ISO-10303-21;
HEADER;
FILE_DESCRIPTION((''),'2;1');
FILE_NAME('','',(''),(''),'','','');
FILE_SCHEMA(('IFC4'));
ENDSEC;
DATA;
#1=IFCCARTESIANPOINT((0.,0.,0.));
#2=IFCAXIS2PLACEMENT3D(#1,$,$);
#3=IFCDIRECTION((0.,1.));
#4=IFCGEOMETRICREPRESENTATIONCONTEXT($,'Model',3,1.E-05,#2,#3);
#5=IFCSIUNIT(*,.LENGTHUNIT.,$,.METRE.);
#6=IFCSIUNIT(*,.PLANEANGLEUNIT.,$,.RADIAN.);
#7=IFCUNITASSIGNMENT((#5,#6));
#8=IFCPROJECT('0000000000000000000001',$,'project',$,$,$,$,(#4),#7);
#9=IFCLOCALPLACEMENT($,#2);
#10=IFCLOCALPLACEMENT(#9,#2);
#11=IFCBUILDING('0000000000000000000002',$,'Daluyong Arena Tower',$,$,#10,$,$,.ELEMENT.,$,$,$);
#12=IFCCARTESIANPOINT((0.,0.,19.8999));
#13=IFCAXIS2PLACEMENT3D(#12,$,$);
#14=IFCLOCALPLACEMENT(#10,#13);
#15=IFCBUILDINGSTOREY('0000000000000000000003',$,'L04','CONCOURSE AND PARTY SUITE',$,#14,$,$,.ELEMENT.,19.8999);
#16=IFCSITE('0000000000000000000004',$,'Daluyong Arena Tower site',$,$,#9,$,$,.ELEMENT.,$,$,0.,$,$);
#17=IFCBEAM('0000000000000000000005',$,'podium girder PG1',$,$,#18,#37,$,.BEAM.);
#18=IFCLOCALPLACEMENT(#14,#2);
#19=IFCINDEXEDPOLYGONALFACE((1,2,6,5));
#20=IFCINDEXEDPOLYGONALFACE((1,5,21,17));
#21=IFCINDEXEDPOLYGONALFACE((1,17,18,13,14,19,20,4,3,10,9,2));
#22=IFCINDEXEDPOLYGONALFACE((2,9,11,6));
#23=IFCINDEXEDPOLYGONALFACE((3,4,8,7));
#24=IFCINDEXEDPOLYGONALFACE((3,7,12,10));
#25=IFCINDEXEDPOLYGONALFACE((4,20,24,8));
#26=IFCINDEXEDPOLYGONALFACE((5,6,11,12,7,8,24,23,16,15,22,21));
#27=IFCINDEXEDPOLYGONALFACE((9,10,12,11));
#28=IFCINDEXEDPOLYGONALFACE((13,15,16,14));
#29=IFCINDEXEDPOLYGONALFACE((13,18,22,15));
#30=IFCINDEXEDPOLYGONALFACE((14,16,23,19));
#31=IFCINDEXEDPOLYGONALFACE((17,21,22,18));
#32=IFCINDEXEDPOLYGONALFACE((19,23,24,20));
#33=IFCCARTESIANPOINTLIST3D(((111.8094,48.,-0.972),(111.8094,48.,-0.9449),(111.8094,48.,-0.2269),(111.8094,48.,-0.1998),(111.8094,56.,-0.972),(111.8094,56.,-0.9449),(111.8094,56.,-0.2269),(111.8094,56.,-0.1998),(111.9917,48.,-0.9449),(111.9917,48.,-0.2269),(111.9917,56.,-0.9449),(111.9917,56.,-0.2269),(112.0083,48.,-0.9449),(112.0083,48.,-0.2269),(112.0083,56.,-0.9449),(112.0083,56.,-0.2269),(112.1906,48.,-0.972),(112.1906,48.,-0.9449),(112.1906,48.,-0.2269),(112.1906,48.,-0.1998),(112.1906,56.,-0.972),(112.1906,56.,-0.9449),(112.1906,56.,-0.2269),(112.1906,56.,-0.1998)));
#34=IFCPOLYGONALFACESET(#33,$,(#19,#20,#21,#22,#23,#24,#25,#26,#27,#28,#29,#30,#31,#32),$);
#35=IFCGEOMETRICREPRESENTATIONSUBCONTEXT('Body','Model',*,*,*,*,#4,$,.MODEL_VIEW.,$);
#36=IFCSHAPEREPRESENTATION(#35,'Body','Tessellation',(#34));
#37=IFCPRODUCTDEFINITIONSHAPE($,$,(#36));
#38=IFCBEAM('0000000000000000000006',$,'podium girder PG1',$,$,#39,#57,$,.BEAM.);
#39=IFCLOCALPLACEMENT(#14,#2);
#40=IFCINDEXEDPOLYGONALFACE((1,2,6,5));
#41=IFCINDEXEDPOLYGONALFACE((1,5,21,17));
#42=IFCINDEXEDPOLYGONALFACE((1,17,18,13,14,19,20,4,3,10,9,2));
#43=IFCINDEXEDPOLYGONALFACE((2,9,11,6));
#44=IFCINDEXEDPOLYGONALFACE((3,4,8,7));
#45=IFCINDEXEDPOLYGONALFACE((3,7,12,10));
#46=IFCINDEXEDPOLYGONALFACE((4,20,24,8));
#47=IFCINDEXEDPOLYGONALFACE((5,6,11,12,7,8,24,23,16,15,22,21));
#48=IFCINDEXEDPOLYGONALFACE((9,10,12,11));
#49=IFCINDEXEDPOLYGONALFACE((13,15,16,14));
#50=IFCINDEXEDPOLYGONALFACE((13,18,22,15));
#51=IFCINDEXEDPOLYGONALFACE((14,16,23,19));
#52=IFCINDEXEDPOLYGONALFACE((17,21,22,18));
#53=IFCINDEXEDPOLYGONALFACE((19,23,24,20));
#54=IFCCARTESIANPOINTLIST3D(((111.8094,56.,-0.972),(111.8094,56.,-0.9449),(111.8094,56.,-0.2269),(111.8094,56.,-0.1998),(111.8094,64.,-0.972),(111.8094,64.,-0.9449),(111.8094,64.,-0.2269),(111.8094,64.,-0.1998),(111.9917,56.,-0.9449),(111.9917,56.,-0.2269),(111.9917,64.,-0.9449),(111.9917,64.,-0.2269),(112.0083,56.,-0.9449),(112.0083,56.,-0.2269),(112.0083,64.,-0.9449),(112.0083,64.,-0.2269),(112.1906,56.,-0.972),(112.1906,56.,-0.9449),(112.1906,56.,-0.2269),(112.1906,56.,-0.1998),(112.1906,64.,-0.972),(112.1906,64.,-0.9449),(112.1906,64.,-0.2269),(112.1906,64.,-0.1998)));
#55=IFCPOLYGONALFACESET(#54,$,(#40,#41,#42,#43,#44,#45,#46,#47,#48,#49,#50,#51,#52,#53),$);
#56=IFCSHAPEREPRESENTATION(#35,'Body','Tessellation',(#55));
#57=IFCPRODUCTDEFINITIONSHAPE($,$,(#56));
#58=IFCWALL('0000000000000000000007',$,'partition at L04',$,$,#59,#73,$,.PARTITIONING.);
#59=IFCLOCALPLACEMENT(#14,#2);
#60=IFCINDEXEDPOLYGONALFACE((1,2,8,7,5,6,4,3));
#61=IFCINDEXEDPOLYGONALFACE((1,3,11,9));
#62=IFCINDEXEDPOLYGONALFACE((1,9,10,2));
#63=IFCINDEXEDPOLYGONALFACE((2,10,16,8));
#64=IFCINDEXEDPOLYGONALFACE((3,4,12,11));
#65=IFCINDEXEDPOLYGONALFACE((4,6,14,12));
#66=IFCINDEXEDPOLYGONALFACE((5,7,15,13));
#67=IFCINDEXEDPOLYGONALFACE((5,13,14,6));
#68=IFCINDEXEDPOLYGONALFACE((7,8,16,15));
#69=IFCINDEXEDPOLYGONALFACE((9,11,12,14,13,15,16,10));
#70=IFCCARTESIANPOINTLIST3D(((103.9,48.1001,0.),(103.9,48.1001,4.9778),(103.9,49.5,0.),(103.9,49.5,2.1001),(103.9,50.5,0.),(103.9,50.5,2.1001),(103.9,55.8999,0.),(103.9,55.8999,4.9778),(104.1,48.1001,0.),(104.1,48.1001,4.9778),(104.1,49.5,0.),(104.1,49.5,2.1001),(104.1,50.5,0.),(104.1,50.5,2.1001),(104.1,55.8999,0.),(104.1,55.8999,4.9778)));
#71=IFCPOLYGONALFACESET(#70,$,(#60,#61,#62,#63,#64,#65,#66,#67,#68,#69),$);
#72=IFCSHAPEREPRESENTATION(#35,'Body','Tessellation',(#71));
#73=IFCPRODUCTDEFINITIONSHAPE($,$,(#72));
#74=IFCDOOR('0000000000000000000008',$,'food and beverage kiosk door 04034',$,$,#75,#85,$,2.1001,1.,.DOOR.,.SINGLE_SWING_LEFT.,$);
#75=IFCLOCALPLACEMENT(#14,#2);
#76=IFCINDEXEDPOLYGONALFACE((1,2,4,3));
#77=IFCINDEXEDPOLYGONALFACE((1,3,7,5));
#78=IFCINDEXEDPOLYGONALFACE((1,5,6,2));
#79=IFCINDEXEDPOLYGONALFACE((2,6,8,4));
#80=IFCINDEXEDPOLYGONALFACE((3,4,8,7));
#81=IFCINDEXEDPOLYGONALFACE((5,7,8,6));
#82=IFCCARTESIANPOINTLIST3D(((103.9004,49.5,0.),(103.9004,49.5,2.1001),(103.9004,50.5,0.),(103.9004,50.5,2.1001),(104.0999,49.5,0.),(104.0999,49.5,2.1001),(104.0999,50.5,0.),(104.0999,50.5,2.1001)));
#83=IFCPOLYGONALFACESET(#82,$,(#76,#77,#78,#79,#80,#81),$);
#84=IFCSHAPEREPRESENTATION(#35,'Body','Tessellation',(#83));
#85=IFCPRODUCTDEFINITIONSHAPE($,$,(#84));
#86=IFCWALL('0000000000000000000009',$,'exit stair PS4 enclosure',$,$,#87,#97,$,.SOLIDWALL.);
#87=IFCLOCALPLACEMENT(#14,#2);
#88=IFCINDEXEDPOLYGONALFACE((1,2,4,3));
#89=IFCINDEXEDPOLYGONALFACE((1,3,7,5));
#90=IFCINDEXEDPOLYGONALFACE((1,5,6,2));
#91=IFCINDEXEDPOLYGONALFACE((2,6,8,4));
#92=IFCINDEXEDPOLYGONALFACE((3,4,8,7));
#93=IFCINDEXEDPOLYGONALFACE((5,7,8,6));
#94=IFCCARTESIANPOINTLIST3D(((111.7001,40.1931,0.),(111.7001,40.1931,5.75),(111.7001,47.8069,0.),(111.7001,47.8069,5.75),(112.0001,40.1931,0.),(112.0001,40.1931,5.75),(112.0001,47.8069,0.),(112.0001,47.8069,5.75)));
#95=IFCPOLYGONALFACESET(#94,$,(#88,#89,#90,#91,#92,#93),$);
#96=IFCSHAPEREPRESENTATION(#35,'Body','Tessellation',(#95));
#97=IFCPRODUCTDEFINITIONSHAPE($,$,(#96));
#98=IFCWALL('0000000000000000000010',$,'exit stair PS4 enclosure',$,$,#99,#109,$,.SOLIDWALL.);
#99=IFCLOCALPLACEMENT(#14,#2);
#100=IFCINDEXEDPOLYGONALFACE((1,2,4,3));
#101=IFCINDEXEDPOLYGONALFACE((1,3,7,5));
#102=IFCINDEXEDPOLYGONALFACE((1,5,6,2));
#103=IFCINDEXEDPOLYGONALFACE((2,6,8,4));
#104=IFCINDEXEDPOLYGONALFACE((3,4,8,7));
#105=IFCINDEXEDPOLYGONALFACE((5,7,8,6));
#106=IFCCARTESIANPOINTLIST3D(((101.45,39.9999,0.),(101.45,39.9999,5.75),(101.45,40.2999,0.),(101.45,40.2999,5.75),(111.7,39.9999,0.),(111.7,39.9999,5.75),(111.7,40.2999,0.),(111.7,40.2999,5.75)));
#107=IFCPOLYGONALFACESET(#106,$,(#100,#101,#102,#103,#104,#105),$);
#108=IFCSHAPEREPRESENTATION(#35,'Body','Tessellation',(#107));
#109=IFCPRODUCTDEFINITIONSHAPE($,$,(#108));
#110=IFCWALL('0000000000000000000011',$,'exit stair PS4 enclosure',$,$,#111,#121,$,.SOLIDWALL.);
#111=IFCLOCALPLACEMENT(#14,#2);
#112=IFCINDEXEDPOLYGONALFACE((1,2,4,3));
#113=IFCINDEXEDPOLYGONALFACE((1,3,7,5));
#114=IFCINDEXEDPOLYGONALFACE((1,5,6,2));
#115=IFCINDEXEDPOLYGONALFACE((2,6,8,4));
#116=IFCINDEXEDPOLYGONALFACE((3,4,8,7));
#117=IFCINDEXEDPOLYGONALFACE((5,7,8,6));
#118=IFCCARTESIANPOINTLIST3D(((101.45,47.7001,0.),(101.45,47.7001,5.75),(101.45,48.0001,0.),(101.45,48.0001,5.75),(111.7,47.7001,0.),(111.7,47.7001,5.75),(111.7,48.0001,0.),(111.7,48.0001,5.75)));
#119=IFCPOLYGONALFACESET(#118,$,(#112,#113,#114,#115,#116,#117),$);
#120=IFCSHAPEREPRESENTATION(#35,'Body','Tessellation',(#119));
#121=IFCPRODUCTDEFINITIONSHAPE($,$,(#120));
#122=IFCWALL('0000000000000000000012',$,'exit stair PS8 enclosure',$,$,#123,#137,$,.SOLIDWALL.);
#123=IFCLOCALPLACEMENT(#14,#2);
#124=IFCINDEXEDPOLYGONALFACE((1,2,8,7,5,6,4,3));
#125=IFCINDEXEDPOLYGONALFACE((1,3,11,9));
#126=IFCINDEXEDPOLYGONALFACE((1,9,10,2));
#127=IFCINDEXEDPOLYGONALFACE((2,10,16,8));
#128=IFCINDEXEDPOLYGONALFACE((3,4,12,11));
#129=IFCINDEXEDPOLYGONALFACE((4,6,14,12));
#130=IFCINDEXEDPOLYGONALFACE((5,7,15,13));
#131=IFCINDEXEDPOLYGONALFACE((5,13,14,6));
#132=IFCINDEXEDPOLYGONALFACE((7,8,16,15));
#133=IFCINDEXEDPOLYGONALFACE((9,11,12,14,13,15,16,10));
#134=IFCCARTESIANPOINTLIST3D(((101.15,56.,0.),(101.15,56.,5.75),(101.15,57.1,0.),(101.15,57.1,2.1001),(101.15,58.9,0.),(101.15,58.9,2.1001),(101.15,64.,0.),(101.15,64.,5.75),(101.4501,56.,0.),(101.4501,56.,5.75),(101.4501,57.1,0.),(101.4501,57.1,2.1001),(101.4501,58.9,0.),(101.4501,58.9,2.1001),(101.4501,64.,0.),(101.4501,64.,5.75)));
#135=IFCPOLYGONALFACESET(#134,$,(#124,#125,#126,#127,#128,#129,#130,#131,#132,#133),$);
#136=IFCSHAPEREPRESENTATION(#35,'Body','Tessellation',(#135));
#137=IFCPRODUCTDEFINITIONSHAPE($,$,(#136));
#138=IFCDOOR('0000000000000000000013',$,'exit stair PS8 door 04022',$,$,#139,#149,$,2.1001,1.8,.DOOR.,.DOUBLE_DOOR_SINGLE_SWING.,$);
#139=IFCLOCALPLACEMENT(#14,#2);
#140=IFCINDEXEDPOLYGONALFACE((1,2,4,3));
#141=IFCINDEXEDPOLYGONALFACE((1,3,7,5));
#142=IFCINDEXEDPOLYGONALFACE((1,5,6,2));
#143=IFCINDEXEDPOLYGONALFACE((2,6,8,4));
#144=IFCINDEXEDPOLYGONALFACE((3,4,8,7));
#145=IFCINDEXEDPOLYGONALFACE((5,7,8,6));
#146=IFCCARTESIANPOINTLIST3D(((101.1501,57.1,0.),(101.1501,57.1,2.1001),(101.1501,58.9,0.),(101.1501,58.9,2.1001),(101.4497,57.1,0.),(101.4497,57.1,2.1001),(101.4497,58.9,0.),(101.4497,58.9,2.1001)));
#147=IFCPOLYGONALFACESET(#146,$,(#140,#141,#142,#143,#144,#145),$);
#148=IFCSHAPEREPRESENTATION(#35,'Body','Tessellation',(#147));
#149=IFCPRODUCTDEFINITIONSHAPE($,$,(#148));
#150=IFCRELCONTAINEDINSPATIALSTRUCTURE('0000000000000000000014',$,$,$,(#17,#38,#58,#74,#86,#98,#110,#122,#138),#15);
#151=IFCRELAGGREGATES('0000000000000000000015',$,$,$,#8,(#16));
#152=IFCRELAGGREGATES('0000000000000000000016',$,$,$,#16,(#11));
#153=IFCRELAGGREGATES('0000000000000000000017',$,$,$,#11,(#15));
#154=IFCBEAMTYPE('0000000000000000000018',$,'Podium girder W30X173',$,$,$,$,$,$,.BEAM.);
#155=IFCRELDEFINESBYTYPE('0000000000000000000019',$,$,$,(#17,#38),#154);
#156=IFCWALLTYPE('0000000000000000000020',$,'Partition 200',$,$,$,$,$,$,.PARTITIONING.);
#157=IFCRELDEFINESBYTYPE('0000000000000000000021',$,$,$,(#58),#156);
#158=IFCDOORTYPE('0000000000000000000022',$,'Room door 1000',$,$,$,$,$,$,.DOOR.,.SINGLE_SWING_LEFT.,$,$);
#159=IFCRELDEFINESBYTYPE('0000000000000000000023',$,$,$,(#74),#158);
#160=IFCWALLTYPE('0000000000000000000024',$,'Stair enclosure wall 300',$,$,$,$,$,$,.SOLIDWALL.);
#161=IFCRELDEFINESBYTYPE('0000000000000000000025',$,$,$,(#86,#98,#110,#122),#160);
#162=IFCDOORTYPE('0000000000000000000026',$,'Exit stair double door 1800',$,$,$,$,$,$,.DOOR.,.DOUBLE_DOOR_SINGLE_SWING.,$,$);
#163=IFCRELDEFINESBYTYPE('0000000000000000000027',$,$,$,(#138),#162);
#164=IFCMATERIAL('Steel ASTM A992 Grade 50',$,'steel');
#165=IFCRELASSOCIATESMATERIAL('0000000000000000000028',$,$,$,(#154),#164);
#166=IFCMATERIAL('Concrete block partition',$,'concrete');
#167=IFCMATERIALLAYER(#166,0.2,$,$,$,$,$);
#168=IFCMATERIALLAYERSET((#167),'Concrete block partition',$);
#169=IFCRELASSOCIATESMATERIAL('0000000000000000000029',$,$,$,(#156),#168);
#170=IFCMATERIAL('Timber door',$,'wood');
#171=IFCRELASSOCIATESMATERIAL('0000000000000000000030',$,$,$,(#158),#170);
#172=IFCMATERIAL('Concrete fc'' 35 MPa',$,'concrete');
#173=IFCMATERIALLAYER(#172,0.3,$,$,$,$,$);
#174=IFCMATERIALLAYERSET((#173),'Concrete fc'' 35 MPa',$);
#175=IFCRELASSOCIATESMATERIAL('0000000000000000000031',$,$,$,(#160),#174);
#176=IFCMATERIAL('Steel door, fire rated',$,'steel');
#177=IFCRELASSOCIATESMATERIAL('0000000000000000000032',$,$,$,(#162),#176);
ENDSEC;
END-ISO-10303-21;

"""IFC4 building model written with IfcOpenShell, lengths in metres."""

from ifc_helpers import new_model, si_unit, direction, frame, frame_2d, origin, origin_2d, place, context, subcontext, project, spatial, rectangle, i_section, extrude, material, layer, layer_set, material_profile, profile_set, type_object, element, fill, save


model = new_model("IFC4")

# Units and contexts
model_context = context("Model", 3, precision=1e-05, world=origin(), true_north=direction((0.0, 1.0)))
body_context = subcontext(model_context, "Body", "Model", "MODEL_VIEW")
ifc_project = project(units=[si_unit("LENGTHUNIT", "METRE"), si_unit("PLANEANGLEUNIT", "RADIAN")], contexts=[model_context])

# Site, building, storey
site_placement = place(None, origin())
site = spatial("IfcSite", under=ifc_project, at=site_placement, Name="Daluyong Arena Tower site", CompositionType="ELEMENT", RefElevation=0.0)
building_placement = place(site_placement, origin())
building = spatial("IfcBuilding", under=site, at=building_placement, Name="Daluyong Arena Tower", CompositionType="ELEMENT")
storey_placement = place(building_placement, frame((0.0, 0.0, 19.8999)))
storey = spatial("IfcBuildingStorey", under=building, at=storey_placement, Name="L04", Description="CONCOURSE AND PARTY SUITE", CompositionType="ELEMENT", Elevation=19.8999)

# Beams
ifc_material_1 = material(Name="Steel ASTM A992 Grade 50", Category="steel")
ifc_material_profile_1 = material_profile(ifc_material_1, i_section(OverallWidth=0.3811, OverallDepth=0.7722, WebThickness=0.0166, FlangeThickness=0.0271, at=origin_2d()))
ifc_profile_set_1 = profile_set([ifc_material_profile_1], Name="Steel ASTM A992 Grade 50")
beam_type_1 = type_object("IfcBeamType", Name="Podium girder W30X173", PredefinedType="BEAM", material=ifc_profile_set_1)
for number, where, z_axis, x_axis, name in (
    (1, (112.0, 48.0, -0.5859), (0.0, 1.0, 0.0), (-1.0, 0.0, 0.0), "podium girder PG1"),
    (2, (112.0, 56.0, -0.5859), (0.0, 1.0, 0.0), (-1.0, 0.0, 0.0), "podium girder PG1"),
):
    element("IfcBeam", number, at=place(storey_placement, frame(where, z_axis=z_axis, x_axis=x_axis)), inside=storey, type_object=beam_type_1, Name=name, PredefinedType="BEAM", context=body_context, shape_type="SweptSolid", body=[
        extrude(i_section(OverallWidth=0.3811, OverallDepth=0.7722, WebThickness=0.0166, FlangeThickness=0.0271, at=origin_2d()), origin(), (0.0, 0.0, 1.0), 8.0),
    ])

# Wall, opening, door
ifc_material_2 = material(Name="Concrete block partition", Category="concrete")
ifc_layer_1 = layer(ifc_material_2, 0.2)
ifc_layer_set_1 = layer_set([ifc_layer_1], Name="Concrete block partition")
wall_type_1 = type_object("IfcWallType", Name="Partition 200", PredefinedType="PARTITIONING", material=ifc_layer_set_1)
wall_1_placement = place(storey_placement, frame((104.0, 48.1001, 0.0), z_axis=(0.0, 0.0, 1.0), x_axis=(0.0, 1.0, 0.0)))
wall_1 = element("IfcWall", 3, at=wall_1_placement, inside=storey, type_object=wall_type_1, Name="partition at L04", PredefinedType="PARTITIONING", context=body_context, shape_type="SweptSolid", body=[
    extrude(rectangle(XDim=7.7998, YDim=0.2, at=frame_2d((3.8999, 0.0))), origin(), (0.0, 0.0, 1.0), 4.9778),
])
opening_1_placement = place(wall_1_placement, frame((1.3999, 0.0, 0.0)))
opening_1 = element("IfcOpeningElement", 4, at=opening_1_placement, cuts=wall_1, PredefinedType="OPENING", context=body_context, shape_type="SweptSolid", body=[
    extrude(rectangle(XDim=1.0, YDim=2.1001, at=frame_2d((0.5, 1.05))), frame((0.0, 0.1099, 0.0), z_axis=(0.0, -1.0, 0.0), x_axis=(1.0, 0.0, 0.0)), (0.0, 0.0, 1.0), 0.22),
])
ifc_material_3 = material(Name="Timber door", Category="wood")
door_type_1 = type_object("IfcDoorType", Name="Room door 1000", OperationType="SINGLE_SWING_LEFT", PredefinedType="DOOR", material=ifc_material_3)
door_1_placement = place(opening_1_placement, origin())
door_1 = element("IfcDoor", 5, at=door_1_placement, inside=storey, type_object=door_type_1, Name="food and beverage kiosk door 04034", OperationType="SINGLE_SWING_LEFT", OverallHeight=2.1001, OverallWidth=1.0, PredefinedType="DOOR", context=body_context, shape_type="SweptSolid", body=[
    extrude(rectangle(XDim=1.0, YDim=2.1001, at=frame_2d((0.5, 1.05))), frame((0.0, 0.0996, 0.0), z_axis=(0.0, -1.0, 0.0), x_axis=(1.0, 0.0, 0.0)), (0.0, 0.0, 1.0), 0.1995),
])
fill(opening_1, door_1)

# Walls
ifc_material_4 = material(Name="Concrete fc' 35 MPa", Category="concrete")
ifc_layer_2 = layer(ifc_material_4, 0.3)
ifc_layer_set_2 = layer_set([ifc_layer_2], Name="Concrete fc' 35 MPa")
wall_type_2 = type_object("IfcWallType", Name="Stair enclosure wall 300", PredefinedType="SOLIDWALL", material=ifc_layer_set_2)
wall_2_placement = place(storey_placement, frame((111.8501, 40.1931, 0.0), z_axis=(0.0, 0.0, 1.0), x_axis=(0.0, 1.0, 0.0)))
element("IfcWall", 6, at=wall_2_placement, inside=storey, type_object=wall_type_2, Name="exit stair PS4 enclosure", PredefinedType="SOLIDWALL", context=body_context, shape_type="SweptSolid", body=[
    extrude(rectangle(XDim=7.6138, YDim=0.3, at=frame_2d((3.8069, 0.0))), origin(), (0.0, 0.0, 1.0), 5.75),
])
for number, where, z_axis, x_axis, name in (
    (7, (101.45, 40.1499, 0.0), (0.0, 0.0, 1.0), (1.0, 0.0, 0.0), "exit stair PS4 enclosure"),
    (8, (101.45, 47.8501, 0.0), (0.0, 0.0, 1.0), (1.0, 0.0, 0.0), "exit stair PS4 enclosure"),
):
    element("IfcWall", number, at=place(storey_placement, frame(where, z_axis=z_axis, x_axis=x_axis)), inside=storey, type_object=wall_type_2, Name=name, PredefinedType="SOLIDWALL", context=body_context, shape_type="SweptSolid", body=[
        extrude(rectangle(XDim=10.25, YDim=0.3, at=frame_2d((5.125, 0.0))), origin(), (0.0, 0.0, 1.0), 5.75),
    ])

# Wall, opening, door
wall_3_placement = place(storey_placement, frame((101.3, 56.0, 0.0), z_axis=(0.0, 0.0, 1.0), x_axis=(0.0, 1.0, 0.0)))
wall_3 = element("IfcWall", 9, at=wall_3_placement, inside=storey, type_object=wall_type_2, Name="exit stair PS8 enclosure", PredefinedType="SOLIDWALL", context=body_context, shape_type="SweptSolid", body=[
    extrude(rectangle(XDim=8.0, YDim=0.3, at=frame_2d((4.0, 0.0))), origin(), (0.0, 0.0, 1.0), 5.75),
])
opening_2_placement = place(wall_3_placement, frame((1.1001, 0.0, 0.0)))
opening_2 = element("IfcOpeningElement", 10, at=opening_2_placement, cuts=wall_3, PredefinedType="OPENING", context=body_context, shape_type="SweptSolid", body=[
    extrude(rectangle(XDim=1.8, YDim=2.1001, at=frame_2d((0.8999, 1.05))), frame((0.0, 0.1599, 0.0), z_axis=(0.0, -1.0, 0.0), x_axis=(1.0, 0.0, 0.0)), (0.0, 0.0, 1.0), 0.3201),
])
ifc_material_5 = material(Name="Steel door, fire rated", Category="steel")
door_type_2 = type_object("IfcDoorType", Name="Exit stair double door 1800", OperationType="DOUBLE_DOOR_SINGLE_SWING", PredefinedType="DOOR", material=ifc_material_5)
door_2_placement = place(opening_2_placement, origin())
door_2 = element("IfcDoor", 11, at=door_2_placement, inside=storey, type_object=door_type_2, Name="exit stair PS8 door 04022", OperationType="DOUBLE_DOOR_SINGLE_SWING", OverallHeight=2.1001, OverallWidth=1.8, PredefinedType="DOOR", context=body_context, shape_type="SweptSolid", body=[
    extrude(rectangle(XDim=1.8, YDim=2.1001, at=frame_2d((0.8999, 1.05))), frame((0.0, 0.1499, 0.0), z_axis=(0.0, -1.0, 0.0), x_axis=(1.0, 0.0, 0.0)), (0.0, 0.0, 1.0), 0.2996),
])
fill(opening_2, door_2)

save(model, "model.ifc")
